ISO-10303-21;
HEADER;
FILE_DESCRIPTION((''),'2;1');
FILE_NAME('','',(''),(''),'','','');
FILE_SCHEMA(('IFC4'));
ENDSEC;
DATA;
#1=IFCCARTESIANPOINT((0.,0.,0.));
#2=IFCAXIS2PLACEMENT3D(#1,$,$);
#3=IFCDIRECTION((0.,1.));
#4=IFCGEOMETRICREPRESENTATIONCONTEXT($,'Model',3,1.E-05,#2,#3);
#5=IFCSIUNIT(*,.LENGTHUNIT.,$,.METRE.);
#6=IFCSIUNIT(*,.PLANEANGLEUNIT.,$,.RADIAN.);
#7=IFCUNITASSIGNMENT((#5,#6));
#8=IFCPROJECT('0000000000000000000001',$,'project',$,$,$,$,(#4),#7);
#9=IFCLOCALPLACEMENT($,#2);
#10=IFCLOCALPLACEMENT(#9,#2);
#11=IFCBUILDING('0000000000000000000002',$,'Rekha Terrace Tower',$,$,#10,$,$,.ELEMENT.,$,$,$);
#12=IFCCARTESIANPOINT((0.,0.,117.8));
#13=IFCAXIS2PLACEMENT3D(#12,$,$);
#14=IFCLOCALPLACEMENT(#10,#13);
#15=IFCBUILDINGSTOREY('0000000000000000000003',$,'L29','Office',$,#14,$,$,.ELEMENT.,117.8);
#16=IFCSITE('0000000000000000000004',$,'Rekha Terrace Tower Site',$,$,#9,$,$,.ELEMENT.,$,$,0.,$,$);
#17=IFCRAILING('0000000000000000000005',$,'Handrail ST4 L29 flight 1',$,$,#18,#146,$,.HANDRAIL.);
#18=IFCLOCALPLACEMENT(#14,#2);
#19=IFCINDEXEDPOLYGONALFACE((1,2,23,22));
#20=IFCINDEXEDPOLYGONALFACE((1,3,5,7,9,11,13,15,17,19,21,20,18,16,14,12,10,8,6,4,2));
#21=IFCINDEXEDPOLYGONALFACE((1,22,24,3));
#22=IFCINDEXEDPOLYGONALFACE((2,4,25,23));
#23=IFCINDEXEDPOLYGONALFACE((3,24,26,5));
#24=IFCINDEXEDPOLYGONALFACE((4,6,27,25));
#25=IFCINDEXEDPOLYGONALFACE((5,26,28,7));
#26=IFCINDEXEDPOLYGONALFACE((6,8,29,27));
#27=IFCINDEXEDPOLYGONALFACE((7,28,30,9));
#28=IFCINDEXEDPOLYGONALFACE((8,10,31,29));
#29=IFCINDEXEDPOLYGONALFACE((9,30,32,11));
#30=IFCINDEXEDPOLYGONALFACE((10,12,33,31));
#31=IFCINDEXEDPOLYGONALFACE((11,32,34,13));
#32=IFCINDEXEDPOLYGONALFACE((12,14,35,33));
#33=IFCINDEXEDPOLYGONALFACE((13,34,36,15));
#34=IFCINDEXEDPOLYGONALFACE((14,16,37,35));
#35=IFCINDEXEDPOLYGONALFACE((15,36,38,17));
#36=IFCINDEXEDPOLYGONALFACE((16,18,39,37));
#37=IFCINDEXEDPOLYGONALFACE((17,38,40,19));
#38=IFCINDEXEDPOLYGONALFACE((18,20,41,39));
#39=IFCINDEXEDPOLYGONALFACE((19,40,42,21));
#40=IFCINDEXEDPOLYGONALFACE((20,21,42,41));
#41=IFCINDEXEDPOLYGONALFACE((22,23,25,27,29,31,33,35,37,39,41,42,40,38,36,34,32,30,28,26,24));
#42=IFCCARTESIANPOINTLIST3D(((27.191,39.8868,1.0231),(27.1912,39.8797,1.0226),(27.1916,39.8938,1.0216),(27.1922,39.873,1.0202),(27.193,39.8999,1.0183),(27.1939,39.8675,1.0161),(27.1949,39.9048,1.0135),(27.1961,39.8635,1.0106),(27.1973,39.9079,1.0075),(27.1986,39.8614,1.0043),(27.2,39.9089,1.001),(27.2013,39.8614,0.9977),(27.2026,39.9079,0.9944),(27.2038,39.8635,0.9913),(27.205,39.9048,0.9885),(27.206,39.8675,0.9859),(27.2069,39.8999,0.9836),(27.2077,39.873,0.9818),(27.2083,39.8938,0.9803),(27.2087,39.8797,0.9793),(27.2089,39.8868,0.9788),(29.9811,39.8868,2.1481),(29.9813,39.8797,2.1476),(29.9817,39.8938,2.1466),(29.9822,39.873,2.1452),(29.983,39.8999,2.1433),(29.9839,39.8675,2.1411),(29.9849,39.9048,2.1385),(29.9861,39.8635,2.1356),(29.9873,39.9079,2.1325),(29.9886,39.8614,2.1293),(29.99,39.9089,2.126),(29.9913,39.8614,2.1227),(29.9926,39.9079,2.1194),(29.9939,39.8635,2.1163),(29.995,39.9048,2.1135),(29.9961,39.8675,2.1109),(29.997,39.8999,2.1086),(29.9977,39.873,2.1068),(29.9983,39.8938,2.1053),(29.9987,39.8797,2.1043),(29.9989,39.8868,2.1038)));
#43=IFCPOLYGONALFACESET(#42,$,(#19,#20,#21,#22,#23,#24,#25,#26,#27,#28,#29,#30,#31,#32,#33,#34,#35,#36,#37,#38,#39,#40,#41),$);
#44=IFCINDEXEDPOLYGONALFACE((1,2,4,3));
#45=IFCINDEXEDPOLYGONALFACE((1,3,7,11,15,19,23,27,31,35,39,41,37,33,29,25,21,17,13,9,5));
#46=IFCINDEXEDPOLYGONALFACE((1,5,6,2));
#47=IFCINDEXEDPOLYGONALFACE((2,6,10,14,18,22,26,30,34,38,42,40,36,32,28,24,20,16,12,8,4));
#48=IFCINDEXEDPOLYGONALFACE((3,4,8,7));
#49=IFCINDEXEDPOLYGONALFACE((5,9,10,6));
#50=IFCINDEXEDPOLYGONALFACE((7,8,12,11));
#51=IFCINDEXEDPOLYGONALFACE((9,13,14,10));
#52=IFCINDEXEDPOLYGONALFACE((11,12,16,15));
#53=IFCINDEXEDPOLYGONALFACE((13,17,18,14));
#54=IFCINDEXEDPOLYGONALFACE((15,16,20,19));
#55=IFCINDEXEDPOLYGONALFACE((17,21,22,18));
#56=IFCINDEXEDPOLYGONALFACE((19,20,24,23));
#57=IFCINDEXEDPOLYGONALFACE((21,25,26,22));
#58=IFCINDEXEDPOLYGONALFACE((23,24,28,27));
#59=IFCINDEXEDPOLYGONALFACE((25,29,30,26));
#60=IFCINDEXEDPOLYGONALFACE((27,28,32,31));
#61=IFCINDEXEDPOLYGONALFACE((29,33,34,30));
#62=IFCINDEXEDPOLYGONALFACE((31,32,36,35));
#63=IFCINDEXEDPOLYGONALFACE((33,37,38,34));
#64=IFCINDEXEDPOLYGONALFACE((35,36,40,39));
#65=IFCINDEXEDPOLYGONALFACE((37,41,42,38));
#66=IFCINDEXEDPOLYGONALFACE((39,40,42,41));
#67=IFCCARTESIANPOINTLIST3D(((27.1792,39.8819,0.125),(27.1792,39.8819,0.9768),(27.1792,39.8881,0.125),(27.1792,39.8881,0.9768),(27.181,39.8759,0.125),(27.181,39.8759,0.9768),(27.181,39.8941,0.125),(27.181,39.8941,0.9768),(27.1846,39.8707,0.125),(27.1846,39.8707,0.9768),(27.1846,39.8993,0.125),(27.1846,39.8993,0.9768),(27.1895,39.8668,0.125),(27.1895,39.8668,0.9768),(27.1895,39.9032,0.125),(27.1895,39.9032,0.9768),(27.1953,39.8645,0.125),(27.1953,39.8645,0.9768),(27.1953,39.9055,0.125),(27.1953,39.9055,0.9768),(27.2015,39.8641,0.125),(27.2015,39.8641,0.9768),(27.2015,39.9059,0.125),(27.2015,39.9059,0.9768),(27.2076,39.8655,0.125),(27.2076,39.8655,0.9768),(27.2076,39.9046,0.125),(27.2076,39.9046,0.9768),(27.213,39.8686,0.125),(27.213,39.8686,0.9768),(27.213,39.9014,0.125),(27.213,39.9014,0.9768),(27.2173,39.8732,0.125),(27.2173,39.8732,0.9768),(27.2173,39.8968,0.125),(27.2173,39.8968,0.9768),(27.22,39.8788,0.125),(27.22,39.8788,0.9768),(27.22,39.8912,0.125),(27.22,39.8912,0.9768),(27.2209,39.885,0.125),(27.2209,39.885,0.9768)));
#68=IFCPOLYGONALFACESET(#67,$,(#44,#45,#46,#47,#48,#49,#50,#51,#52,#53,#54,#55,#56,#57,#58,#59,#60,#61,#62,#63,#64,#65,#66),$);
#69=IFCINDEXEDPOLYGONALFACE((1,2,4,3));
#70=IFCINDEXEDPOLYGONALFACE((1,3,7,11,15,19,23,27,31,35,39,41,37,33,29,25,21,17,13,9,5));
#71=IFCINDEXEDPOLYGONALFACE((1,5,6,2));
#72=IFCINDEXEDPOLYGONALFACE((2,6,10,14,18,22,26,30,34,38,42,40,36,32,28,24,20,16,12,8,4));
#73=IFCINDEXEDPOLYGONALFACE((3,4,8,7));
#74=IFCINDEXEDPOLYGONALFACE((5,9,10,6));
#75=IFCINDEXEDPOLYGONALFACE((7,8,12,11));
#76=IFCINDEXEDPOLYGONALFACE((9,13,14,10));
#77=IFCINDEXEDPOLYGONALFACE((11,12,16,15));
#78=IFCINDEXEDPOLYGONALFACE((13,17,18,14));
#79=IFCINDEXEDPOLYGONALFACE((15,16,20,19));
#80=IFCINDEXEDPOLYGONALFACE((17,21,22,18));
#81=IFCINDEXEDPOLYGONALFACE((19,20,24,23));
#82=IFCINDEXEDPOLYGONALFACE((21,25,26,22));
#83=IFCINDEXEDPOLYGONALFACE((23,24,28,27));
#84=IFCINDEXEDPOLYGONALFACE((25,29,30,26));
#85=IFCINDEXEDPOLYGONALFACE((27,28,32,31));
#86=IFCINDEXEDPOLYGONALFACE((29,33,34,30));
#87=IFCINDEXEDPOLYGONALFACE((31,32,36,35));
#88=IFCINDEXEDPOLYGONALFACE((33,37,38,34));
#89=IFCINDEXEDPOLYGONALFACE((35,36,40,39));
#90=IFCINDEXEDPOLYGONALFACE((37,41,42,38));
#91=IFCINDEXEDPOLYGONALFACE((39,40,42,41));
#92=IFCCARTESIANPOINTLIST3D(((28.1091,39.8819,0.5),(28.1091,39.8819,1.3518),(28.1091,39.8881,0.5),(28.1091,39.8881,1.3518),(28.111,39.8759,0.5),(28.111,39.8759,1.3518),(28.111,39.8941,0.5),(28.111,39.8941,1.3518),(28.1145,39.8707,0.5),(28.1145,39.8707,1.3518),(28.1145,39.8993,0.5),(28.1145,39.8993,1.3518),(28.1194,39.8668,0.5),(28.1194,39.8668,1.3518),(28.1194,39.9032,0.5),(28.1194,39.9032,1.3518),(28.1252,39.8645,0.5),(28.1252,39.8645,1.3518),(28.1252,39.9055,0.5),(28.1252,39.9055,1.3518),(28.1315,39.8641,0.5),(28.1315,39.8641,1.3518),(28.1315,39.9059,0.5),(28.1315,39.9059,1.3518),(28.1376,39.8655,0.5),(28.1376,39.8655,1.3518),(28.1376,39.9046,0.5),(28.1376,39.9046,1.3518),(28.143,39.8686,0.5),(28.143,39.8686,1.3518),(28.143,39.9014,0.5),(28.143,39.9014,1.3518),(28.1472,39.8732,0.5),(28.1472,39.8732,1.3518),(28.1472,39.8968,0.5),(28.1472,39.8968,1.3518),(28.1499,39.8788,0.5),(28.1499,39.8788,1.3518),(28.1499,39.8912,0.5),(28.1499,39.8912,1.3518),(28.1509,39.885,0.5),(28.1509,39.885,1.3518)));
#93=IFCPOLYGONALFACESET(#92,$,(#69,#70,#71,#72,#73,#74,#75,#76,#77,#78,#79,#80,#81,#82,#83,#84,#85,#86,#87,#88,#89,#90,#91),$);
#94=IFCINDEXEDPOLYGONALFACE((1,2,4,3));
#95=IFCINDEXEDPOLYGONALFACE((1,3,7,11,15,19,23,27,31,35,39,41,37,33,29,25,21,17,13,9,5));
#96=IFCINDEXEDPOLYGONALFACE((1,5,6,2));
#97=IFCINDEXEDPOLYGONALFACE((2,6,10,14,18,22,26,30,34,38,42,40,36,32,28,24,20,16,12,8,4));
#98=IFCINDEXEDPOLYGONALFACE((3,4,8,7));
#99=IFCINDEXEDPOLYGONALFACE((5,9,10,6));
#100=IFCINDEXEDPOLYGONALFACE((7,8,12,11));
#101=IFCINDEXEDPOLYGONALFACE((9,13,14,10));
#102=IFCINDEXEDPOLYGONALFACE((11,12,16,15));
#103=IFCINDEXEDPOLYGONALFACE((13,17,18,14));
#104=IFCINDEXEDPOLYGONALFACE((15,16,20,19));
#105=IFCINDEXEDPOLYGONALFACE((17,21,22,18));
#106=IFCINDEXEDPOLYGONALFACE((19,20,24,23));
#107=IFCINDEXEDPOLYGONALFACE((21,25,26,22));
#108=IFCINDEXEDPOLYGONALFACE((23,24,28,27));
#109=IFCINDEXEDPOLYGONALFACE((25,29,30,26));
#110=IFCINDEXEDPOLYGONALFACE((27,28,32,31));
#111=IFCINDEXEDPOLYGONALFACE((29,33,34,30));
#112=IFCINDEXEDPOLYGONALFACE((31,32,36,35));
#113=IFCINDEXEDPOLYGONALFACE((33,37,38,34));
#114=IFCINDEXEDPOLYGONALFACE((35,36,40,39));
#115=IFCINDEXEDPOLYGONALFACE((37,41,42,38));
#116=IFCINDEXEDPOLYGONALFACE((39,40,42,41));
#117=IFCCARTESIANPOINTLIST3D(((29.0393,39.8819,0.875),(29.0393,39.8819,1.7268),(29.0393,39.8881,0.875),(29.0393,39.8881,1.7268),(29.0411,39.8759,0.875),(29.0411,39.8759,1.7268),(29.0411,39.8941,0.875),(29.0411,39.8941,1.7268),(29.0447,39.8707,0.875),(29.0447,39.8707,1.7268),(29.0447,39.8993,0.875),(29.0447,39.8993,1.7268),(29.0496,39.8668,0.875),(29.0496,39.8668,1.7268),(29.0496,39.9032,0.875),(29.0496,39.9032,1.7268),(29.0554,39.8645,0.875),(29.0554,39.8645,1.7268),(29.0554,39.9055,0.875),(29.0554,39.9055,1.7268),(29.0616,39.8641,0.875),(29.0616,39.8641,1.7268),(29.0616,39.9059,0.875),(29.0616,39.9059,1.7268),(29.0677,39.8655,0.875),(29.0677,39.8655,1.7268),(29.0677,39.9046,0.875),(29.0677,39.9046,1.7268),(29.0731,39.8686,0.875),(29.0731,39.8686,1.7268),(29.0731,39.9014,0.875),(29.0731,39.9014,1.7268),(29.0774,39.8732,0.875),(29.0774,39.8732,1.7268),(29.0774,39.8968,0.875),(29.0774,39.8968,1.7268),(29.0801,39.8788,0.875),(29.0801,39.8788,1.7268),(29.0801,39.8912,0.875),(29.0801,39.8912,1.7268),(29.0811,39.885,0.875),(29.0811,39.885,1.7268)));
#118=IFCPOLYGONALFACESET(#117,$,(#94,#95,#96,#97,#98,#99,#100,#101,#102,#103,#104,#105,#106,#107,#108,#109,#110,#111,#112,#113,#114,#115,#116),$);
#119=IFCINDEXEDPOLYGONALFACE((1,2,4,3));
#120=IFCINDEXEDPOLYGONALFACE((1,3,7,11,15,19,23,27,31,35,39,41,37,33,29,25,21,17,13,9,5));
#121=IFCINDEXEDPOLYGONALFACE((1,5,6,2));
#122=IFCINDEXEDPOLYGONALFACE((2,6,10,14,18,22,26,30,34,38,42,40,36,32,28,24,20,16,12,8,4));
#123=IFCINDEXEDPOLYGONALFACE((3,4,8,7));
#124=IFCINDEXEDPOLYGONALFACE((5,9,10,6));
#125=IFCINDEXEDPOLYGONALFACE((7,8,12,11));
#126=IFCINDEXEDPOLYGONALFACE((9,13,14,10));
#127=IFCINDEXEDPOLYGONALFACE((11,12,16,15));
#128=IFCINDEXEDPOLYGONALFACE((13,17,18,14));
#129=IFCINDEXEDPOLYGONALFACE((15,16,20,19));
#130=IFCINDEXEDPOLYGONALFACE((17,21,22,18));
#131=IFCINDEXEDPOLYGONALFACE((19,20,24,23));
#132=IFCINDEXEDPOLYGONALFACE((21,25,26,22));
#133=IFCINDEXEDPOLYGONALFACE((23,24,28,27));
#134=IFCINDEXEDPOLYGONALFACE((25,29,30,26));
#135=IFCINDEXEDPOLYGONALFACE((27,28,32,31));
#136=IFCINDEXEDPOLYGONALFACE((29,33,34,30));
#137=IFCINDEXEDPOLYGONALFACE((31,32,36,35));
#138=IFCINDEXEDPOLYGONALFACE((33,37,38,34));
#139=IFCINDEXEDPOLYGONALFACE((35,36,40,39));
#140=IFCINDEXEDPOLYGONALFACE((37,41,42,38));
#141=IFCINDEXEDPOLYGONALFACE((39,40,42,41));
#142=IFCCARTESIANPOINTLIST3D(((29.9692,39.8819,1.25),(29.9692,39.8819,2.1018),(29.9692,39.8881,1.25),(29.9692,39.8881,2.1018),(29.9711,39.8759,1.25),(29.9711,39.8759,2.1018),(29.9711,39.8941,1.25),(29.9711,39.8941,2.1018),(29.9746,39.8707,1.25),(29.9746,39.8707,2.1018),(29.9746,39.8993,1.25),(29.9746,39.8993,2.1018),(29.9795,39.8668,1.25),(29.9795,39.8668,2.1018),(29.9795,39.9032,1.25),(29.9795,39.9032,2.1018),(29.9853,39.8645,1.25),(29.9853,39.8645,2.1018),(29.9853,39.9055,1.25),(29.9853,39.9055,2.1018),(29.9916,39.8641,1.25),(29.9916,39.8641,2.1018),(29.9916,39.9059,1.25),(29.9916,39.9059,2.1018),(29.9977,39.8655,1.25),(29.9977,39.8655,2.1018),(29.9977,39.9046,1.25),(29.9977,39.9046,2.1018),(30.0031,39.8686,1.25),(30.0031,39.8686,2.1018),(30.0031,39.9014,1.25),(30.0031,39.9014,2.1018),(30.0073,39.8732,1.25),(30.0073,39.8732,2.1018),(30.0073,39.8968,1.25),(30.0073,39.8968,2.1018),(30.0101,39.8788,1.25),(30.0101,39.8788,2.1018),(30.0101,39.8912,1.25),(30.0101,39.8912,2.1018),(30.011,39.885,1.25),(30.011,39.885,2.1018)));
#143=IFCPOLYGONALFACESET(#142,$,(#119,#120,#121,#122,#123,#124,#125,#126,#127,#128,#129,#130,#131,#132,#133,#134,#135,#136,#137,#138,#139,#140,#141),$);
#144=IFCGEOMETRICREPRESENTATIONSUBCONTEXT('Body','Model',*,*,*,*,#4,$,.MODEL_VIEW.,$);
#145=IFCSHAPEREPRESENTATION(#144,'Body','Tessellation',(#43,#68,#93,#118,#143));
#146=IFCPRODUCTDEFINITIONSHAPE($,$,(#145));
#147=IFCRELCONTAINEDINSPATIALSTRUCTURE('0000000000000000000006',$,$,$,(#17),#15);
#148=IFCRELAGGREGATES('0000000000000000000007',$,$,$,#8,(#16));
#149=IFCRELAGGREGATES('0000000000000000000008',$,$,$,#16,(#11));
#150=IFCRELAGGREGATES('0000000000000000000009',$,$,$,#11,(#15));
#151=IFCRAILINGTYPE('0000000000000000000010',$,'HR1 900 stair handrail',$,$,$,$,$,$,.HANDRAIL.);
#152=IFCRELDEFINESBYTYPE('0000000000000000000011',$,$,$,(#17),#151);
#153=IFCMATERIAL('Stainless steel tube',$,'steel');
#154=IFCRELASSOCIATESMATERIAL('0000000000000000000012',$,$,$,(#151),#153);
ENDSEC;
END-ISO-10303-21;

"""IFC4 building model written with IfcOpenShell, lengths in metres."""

from ifc_helpers import new_model, si_unit, direction, frame, origin, origin_2d, place, context, subcontext, project, spatial, circle, extrude, material, type_object, element, save


model = new_model("IFC4")

# Units and contexts
model_context = context("Model", 3, precision=1e-05, world=origin(), true_north=direction((0.0, 1.0)))
body_context = subcontext(model_context, "Body", "Model", "MODEL_VIEW")
ifc_project = project(units=[si_unit("LENGTHUNIT", "METRE"), si_unit("PLANEANGLEUNIT", "RADIAN")], contexts=[model_context])

# Site, building, storey
site_placement = place(None, origin())
site = spatial("IfcSite", under=ifc_project, at=site_placement, Name="Rekha Terrace Tower Site", CompositionType="ELEMENT", RefElevation=0.0)
building_placement = place(site_placement, origin())
building = spatial("IfcBuilding", under=site, at=building_placement, Name="Rekha Terrace Tower", CompositionType="ELEMENT")
storey_placement = place(building_placement, frame((0.0, 0.0, 117.8)))
storey = spatial("IfcBuildingStorey", under=building, at=storey_placement, Name="L29", Description="Office", CompositionType="ELEMENT", Elevation=117.8)

# Railing
ifc_material_1 = material(Name="Stainless steel tube", Category="steel")
railing_type_1 = type_object("IfcRailingType", Name="HR1 900 stair handrail", PredefinedType="HANDRAIL", material=ifc_material_1)
railing_1_placement = place(storey_placement, frame((27.2, 39.885, 0.125)))
element("IfcRailing", 1, at=railing_1_placement, inside=storey, type_object=railing_type_1, Name="Handrail ST4 L29 flight 1", PredefinedType="HANDRAIL", context=body_context, shape_type="SweptSolid", body=[
    extrude(circle(Radius=0.0239, at=origin_2d()), frame((0.0, 0.0, 0.876), z_axis=(0.927443, 0.0, 0.373964), x_axis=(0.0, 1.0, 0.0)), (0.0, 0.0, 1.0), 3.0083),
    extrude(circle(Radius=0.021, at=origin_2d()), origin(), (0.0, 0.0, 1.0), 0.8518),
    extrude(circle(Radius=0.021, at=origin_2d()), frame((0.9299, 0.0, 0.375)), (0.0, 0.0, 1.0), 0.8518),
    extrude(circle(Radius=0.021, at=origin_2d()), frame((1.8601, 0.0, 0.75)), (0.0, 0.0, 1.0), 0.8518),
    extrude(circle(Radius=0.021, at=origin_2d()), frame((2.79, 0.0, 1.125)), (0.0, 0.0, 1.0), 0.8518),
])

save(model, "model.ifc")
